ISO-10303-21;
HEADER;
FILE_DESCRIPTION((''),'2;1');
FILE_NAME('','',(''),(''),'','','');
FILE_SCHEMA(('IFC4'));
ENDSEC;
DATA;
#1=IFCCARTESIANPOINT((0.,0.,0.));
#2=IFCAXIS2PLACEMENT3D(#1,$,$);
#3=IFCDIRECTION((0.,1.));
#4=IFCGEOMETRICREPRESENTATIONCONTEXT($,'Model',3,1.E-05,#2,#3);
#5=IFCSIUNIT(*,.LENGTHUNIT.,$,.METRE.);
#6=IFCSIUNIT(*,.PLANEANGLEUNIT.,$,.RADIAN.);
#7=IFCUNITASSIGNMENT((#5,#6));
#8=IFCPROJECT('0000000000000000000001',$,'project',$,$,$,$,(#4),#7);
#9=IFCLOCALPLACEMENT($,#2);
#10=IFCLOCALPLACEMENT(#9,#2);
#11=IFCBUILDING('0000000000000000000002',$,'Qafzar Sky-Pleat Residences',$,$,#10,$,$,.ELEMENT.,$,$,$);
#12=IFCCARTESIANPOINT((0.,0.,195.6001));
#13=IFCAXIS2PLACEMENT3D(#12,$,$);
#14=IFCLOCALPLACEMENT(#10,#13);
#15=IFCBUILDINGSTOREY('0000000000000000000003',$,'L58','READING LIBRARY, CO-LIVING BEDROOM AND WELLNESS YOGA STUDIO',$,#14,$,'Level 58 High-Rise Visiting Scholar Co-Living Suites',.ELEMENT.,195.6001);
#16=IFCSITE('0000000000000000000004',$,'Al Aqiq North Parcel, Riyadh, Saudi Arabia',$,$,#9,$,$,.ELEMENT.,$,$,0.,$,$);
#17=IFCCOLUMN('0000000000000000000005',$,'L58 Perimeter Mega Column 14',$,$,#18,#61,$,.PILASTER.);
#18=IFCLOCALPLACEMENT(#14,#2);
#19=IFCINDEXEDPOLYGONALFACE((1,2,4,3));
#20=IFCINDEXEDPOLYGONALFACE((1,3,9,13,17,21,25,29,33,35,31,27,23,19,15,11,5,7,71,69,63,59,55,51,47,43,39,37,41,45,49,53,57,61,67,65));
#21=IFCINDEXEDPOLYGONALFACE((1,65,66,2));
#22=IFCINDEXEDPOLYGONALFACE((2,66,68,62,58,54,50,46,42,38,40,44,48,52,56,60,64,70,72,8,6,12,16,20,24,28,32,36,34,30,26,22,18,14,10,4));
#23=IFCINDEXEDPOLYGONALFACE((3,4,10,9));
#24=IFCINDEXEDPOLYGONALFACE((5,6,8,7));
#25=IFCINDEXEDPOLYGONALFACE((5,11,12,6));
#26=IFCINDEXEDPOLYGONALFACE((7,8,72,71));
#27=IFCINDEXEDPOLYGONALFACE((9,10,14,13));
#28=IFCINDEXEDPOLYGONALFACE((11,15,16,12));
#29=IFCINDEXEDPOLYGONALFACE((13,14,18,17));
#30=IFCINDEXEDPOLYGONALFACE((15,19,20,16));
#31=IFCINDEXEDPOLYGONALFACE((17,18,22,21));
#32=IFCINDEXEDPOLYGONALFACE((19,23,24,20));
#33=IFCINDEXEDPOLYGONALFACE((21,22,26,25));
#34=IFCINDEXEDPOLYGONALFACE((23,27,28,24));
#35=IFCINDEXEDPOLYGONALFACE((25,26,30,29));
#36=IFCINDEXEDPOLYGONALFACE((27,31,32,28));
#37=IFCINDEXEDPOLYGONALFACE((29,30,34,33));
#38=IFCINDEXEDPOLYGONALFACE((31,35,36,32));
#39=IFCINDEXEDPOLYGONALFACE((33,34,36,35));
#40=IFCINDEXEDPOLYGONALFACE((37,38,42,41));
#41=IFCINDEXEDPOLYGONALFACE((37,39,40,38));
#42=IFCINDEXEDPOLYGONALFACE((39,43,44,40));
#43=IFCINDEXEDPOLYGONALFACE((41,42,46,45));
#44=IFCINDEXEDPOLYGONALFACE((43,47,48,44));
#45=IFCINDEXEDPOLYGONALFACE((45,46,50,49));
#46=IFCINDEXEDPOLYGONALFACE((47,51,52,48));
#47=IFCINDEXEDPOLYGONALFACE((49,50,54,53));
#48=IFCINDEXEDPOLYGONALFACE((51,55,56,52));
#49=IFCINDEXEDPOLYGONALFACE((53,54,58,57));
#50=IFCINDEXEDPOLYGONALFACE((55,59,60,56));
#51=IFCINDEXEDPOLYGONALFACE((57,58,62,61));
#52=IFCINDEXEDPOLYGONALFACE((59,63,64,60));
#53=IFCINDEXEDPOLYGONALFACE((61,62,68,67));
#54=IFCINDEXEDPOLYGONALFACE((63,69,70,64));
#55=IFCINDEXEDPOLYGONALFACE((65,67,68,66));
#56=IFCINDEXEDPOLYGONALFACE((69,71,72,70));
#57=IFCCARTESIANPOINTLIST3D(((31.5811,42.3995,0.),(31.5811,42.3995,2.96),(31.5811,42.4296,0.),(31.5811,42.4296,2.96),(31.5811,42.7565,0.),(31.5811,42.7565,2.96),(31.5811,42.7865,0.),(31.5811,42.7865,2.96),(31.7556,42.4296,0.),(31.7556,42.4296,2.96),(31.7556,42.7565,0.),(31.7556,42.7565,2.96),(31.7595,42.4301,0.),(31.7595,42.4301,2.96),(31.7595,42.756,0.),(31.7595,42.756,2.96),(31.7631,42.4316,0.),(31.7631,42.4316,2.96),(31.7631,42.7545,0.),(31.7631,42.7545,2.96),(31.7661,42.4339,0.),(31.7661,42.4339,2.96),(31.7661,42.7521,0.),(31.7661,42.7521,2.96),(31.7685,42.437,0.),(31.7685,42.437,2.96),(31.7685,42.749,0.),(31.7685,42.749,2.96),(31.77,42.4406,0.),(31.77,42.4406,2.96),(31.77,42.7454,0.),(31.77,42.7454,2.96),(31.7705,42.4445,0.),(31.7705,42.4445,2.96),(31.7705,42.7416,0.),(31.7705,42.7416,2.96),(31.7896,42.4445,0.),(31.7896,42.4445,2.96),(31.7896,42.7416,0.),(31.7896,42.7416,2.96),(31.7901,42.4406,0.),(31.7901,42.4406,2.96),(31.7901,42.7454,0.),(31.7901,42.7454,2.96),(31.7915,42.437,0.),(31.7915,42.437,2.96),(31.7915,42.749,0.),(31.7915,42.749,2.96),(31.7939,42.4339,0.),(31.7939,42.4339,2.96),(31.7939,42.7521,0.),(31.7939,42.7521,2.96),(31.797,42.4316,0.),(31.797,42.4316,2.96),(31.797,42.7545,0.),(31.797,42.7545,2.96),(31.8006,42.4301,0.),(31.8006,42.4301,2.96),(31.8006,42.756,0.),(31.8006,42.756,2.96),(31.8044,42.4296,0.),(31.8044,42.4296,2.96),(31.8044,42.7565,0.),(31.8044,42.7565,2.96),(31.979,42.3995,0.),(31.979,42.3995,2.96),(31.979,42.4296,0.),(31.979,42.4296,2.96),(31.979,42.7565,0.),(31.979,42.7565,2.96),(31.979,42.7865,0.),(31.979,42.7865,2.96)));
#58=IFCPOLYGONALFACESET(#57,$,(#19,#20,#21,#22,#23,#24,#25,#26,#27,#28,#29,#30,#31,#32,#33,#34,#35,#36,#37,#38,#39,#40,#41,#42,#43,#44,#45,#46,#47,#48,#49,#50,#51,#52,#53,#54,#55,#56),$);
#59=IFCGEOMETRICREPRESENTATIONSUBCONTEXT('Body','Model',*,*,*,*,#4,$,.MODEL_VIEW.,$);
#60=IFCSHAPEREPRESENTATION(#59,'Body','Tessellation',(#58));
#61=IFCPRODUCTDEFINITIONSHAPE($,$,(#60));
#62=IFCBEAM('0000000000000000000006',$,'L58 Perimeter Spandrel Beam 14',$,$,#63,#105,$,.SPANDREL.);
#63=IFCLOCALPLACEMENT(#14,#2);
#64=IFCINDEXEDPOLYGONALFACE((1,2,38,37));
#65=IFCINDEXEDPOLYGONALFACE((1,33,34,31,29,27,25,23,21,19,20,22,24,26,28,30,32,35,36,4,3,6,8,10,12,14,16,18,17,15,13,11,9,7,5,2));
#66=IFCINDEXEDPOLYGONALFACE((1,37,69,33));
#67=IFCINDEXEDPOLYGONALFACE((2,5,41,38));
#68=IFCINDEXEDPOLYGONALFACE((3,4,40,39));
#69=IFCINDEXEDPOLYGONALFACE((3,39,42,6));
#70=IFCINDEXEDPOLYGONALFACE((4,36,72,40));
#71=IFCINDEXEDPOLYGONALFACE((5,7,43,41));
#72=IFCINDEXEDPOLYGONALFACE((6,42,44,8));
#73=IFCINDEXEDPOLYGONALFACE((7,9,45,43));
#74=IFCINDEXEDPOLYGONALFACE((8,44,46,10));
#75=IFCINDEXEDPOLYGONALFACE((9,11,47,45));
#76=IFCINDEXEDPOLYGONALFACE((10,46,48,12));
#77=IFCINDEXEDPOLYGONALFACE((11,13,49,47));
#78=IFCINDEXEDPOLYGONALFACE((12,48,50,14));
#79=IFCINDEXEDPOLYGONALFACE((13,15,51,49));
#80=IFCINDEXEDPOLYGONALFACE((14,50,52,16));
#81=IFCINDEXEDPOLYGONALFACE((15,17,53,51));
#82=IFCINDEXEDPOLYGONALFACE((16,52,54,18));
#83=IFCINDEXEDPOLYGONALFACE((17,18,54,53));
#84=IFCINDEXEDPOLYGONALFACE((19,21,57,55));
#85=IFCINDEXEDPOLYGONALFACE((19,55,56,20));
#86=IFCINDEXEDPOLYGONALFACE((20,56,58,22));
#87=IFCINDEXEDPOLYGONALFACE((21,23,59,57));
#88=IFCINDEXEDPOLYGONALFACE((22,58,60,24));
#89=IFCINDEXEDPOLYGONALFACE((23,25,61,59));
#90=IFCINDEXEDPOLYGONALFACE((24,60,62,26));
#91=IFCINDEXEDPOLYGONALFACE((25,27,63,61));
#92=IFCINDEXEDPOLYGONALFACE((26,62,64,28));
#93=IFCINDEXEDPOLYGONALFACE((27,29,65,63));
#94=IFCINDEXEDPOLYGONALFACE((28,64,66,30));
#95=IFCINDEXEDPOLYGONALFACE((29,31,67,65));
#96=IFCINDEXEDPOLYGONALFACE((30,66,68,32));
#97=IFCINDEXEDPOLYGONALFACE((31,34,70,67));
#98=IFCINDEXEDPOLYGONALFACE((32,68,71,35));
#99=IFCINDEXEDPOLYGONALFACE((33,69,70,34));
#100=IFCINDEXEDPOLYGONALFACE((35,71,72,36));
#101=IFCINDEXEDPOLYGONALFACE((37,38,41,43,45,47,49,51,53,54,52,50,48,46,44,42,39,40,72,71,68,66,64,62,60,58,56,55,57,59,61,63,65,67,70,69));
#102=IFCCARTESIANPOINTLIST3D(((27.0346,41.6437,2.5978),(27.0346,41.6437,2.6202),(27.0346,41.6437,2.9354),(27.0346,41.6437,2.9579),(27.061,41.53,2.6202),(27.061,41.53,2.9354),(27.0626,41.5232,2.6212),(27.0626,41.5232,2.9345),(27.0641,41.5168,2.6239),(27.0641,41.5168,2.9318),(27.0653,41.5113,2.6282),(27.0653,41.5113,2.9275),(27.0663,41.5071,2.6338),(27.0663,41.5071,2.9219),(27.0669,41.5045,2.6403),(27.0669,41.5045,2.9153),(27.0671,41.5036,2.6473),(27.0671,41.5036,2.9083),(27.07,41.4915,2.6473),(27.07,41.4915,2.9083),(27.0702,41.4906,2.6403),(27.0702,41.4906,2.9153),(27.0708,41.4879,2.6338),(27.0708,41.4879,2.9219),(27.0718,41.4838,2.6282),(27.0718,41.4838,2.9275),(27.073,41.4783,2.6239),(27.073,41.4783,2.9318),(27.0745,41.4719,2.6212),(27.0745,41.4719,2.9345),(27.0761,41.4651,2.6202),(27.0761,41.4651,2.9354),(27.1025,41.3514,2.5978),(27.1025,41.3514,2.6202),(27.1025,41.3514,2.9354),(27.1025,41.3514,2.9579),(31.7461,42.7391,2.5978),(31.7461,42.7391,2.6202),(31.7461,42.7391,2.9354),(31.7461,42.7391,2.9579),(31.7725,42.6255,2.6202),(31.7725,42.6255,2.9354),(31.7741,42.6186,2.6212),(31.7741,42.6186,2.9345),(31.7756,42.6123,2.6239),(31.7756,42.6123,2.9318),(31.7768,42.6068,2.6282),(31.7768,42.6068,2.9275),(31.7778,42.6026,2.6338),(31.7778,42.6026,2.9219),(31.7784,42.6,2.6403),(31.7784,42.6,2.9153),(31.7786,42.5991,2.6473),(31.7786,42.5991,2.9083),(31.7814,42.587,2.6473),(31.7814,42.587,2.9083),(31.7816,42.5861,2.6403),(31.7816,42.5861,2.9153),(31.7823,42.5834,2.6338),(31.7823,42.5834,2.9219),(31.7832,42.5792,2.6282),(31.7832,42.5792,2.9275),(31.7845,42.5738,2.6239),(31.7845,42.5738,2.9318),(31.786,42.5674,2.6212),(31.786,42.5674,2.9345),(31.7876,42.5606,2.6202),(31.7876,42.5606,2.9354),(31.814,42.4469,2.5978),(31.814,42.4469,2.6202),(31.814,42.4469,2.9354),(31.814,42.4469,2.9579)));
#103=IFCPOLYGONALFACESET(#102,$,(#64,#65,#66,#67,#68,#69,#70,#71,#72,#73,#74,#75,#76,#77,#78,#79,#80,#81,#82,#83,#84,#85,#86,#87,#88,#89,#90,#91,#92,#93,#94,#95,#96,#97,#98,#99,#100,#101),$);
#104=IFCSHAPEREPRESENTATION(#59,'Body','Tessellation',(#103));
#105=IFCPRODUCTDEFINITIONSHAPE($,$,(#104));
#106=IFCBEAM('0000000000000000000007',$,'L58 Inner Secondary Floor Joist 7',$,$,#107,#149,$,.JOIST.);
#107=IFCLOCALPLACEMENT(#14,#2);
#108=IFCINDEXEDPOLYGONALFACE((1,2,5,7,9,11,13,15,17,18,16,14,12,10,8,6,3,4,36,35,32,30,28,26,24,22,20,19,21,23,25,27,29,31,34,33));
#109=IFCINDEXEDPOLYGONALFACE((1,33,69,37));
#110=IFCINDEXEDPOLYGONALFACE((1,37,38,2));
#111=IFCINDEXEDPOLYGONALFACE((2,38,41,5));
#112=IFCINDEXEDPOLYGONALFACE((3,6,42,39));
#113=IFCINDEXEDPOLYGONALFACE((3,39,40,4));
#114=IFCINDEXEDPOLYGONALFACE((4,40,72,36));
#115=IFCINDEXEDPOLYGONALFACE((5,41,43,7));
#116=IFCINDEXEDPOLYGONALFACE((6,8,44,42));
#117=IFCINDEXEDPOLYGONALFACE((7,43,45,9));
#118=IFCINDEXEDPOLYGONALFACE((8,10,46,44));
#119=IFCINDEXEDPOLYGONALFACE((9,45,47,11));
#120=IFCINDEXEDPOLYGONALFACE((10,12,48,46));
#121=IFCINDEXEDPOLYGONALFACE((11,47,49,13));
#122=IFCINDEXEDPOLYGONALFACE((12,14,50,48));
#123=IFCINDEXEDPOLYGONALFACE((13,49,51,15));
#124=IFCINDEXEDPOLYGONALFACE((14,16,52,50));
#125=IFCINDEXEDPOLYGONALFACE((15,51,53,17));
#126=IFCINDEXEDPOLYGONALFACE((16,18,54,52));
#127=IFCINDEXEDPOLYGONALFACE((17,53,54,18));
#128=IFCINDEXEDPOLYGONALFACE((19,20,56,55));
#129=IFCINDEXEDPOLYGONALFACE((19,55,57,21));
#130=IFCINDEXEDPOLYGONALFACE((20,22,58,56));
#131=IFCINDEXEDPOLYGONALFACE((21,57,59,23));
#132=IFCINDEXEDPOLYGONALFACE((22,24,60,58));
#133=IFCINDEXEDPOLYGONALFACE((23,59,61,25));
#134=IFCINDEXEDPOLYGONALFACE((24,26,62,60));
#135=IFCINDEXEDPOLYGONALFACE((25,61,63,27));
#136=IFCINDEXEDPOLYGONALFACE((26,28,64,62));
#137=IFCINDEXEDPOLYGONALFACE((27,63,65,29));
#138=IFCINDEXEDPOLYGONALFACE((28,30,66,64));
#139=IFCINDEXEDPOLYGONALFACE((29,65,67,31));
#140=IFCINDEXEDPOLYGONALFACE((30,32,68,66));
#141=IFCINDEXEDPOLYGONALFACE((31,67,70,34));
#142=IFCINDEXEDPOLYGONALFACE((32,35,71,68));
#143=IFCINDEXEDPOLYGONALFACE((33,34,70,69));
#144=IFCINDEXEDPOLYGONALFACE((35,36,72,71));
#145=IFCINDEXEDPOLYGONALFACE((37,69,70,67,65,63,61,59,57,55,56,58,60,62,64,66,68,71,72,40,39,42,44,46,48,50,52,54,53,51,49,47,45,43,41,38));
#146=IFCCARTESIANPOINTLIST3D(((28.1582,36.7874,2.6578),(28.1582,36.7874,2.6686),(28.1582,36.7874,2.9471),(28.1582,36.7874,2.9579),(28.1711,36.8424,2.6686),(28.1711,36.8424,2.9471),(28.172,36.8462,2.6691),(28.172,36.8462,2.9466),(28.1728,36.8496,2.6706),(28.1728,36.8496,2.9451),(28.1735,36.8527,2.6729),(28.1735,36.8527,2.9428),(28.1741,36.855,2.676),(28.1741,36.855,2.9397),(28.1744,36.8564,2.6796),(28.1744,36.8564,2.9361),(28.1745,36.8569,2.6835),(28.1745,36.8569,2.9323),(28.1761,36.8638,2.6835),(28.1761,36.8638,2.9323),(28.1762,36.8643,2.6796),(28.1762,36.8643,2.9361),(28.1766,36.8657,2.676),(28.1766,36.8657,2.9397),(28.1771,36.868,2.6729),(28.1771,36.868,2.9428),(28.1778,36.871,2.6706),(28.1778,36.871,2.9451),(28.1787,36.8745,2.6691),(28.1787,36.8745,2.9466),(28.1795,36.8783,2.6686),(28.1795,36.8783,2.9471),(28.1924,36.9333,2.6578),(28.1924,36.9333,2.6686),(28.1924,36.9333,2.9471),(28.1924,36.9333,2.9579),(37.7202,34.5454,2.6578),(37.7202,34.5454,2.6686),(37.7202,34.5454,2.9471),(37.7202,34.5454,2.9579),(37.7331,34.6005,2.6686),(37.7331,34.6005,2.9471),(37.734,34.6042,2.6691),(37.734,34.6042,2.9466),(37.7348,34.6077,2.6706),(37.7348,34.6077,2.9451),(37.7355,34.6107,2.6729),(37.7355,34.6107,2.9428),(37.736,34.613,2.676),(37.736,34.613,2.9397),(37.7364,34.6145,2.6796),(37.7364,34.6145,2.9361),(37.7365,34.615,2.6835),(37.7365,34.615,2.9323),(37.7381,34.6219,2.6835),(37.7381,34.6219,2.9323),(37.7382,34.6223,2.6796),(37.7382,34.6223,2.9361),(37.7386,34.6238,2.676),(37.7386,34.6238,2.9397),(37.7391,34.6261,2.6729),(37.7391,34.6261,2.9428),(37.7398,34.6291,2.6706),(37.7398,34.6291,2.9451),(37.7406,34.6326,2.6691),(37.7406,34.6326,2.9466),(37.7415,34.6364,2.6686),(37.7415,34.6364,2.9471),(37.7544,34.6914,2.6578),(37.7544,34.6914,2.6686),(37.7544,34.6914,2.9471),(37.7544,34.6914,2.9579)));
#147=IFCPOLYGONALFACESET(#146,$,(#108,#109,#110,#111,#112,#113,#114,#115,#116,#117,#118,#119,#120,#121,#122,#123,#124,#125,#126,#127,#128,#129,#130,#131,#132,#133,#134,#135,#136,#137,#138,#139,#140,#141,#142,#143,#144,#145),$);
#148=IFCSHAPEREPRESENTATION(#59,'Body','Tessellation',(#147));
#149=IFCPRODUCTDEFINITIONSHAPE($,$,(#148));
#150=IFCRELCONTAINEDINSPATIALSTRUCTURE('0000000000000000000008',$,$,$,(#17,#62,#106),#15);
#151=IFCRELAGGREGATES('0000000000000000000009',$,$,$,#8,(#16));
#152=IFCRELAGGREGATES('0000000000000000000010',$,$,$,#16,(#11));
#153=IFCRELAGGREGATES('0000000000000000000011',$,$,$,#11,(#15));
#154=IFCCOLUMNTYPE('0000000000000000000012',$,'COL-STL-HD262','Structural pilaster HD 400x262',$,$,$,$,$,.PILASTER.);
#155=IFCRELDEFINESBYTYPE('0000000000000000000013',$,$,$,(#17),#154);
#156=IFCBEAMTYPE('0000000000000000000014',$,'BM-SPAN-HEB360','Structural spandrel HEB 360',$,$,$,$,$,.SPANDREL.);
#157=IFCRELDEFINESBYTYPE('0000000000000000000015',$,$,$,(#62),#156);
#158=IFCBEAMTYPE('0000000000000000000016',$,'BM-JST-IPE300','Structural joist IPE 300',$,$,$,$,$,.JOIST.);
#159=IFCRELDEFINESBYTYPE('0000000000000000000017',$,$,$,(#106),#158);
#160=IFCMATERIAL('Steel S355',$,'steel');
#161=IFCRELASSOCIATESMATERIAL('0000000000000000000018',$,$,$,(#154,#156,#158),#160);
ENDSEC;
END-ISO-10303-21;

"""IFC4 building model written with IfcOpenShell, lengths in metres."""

from ifc_helpers import new_model, si_unit, direction, frame, origin, origin_2d, place, context, subcontext, project, spatial, i_section, extrude, source, transform, mapped, material, material_profile, profile_set, type_object, element, save


model = new_model("IFC4")

# Units and contexts
model_context = context("Model", 3, precision=1e-05, world=origin(), true_north=direction((0.0, 1.0)))
body_context = subcontext(model_context, "Body", "Model", "MODEL_VIEW")
ifc_project = project(units=[si_unit("LENGTHUNIT", "METRE"), si_unit("PLANEANGLEUNIT", "RADIAN")], contexts=[model_context])

# Site, building, storey
site_placement = place(None, origin())
site = spatial("IfcSite", under=ifc_project, at=site_placement, Name="Al Aqiq North Parcel, Riyadh, Saudi Arabia", CompositionType="ELEMENT", RefElevation=0.0)
building_placement = place(site_placement, origin())
building = spatial("IfcBuilding", under=site, at=building_placement, Name="Qafzar Sky-Pleat Residences", CompositionType="ELEMENT")
storey_placement = place(building_placement, frame((0.0, 0.0, 195.6001)))
storey = spatial("IfcBuildingStorey", under=building, at=storey_placement, Name="L58", Description="READING LIBRARY, CO-LIVING BEDROOM AND WELLNESS YOGA STUDIO", LongName="Level 58 High-Rise Visiting Scholar Co-Living Suites", CompositionType="ELEMENT", Elevation=195.6001)

# Column
ifc_material_1 = material(Name="Steel S355", Category="steel")
ifc_material_profile_1 = material_profile(ifc_material_1, i_section(OverallWidth=0.3979, OverallDepth=0.387, WebThickness=0.019, FlangeThickness=0.03, FilletRadius=0.0149, at=origin_2d()), Name="HD 400x262")
ifc_profile_set_1 = profile_set([ifc_material_profile_1], Name="Steel S355")
column_type = type_object("IfcColumnType", Name="COL-STL-HD262", Description="Structural pilaster HD 400x262", PredefinedType="PILASTER", material=ifc_profile_set_1)
shared_shape_1 = source(origin(), body_context, "Body", "SweptSolid", [
    extrude(i_section(OverallWidth=0.3979, OverallDepth=0.387, WebThickness=0.019, FlangeThickness=0.03, FilletRadius=0.0149, at=origin_2d()), origin(), (0.0, 0.0, 1.0), 2.96),
])
column_placement = place(storey_placement, frame((31.78, 42.593, 0.0), z_axis=(0.0, 0.0, 1.0), x_axis=(1.0, 0.0, 0.0)))
element("IfcColumn", 1, at=column_placement, inside=storey, type_object=column_type, Name="L58 Perimeter Mega Column 14", PredefinedType="PILASTER", context=body_context, shape_type="MappedRepresentation", body=[
    mapped(shared_shape_1, transform((0.0, 0.0, 0.0), x_axis=(1.0, 0.0, 0.0), y_axis=(0.0, 1.0, 0.0), z_axis=(0.0, 0.0, 1.0), scale=1.0)),
])

# Beams
ifc_material_profile_2 = material_profile(ifc_material_1, i_section(OverallWidth=0.3, OverallDepth=0.3601, WebThickness=0.0125, FlangeThickness=0.0225, FilletRadius=0.0271, at=origin_2d()), Name="HEB 360")
ifc_profile_set_2 = profile_set([ifc_material_profile_2], Name="Steel S355")
beam_type_1 = type_object("IfcBeamType", Name="BM-SPAN-HEB360", Description="Structural spandrel HEB 360", PredefinedType="SPANDREL", material=ifc_profile_set_2)
shared_shape_2 = source(origin(), body_context, "Body", "SweptSolid", [
    extrude(i_section(OverallWidth=0.3, OverallDepth=0.3601, WebThickness=0.0125, FlangeThickness=0.0225, FilletRadius=0.0271, at=origin_2d()), origin(), (0.0, 0.0, 1.0), 4.8372),
])
beam_1_placement = place(storey_placement, frame((31.78, 42.593, 2.7778), z_axis=(-0.974018, -0.22647, 0.0), x_axis=(0.22647, -0.974018, 0.0)))
element("IfcBeam", 2, at=beam_1_placement, inside=storey, type_object=beam_type_1, Name="L58 Perimeter Spandrel Beam 14", PredefinedType="SPANDREL", context=body_context, shape_type="MappedRepresentation", body=[
    mapped(shared_shape_2, transform((0.0, 0.0, 0.0), x_axis=(1.0, 0.0, 0.0), y_axis=(0.0, 1.0, 0.0), z_axis=(0.0, 0.0, 1.0), scale=1.0)),
])
ifc_material_profile_3 = material_profile(ifc_material_1, i_section(OverallWidth=0.1499, OverallDepth=0.3, WebThickness=0.0071, FlangeThickness=0.0107, FilletRadius=0.0149, at=origin_2d()), Name="IPE 300")
ifc_profile_set_3 = profile_set([ifc_material_profile_3], Name="Steel S355")
beam_type_2 = type_object("IfcBeamType", Name="BM-JST-IPE300", Description="Structural joist IPE 300", PredefinedType="JOIST", material=ifc_profile_set_3)
shared_shape_3 = source(origin(), body_context, "Body", "SweptSolid", [
    extrude(i_section(OverallWidth=0.1499, OverallDepth=0.3, WebThickness=0.0071, FlangeThickness=0.0107, FilletRadius=0.0149, at=origin_2d()), origin(), (0.0, 0.0, 1.0), 9.8213),
])
beam_2_placement = place(storey_placement, frame((37.7373, 34.6184, 2.8079), z_axis=(-0.973597, 0.228273, 0.0), x_axis=(-0.228273, -0.973597, 0.0)))
element("IfcBeam", 3, at=beam_2_placement, inside=storey, type_object=beam_type_2, Name="L58 Inner Secondary Floor Joist 7", PredefinedType="JOIST", context=body_context, shape_type="MappedRepresentation", body=[
    mapped(shared_shape_3, transform((0.0, 0.0, 0.0), x_axis=(1.0, 0.0, 0.0), y_axis=(0.0, 1.0, 0.0), z_axis=(0.0, 0.0, 1.0), scale=1.0)),
])

save(model, "model.ifc")
